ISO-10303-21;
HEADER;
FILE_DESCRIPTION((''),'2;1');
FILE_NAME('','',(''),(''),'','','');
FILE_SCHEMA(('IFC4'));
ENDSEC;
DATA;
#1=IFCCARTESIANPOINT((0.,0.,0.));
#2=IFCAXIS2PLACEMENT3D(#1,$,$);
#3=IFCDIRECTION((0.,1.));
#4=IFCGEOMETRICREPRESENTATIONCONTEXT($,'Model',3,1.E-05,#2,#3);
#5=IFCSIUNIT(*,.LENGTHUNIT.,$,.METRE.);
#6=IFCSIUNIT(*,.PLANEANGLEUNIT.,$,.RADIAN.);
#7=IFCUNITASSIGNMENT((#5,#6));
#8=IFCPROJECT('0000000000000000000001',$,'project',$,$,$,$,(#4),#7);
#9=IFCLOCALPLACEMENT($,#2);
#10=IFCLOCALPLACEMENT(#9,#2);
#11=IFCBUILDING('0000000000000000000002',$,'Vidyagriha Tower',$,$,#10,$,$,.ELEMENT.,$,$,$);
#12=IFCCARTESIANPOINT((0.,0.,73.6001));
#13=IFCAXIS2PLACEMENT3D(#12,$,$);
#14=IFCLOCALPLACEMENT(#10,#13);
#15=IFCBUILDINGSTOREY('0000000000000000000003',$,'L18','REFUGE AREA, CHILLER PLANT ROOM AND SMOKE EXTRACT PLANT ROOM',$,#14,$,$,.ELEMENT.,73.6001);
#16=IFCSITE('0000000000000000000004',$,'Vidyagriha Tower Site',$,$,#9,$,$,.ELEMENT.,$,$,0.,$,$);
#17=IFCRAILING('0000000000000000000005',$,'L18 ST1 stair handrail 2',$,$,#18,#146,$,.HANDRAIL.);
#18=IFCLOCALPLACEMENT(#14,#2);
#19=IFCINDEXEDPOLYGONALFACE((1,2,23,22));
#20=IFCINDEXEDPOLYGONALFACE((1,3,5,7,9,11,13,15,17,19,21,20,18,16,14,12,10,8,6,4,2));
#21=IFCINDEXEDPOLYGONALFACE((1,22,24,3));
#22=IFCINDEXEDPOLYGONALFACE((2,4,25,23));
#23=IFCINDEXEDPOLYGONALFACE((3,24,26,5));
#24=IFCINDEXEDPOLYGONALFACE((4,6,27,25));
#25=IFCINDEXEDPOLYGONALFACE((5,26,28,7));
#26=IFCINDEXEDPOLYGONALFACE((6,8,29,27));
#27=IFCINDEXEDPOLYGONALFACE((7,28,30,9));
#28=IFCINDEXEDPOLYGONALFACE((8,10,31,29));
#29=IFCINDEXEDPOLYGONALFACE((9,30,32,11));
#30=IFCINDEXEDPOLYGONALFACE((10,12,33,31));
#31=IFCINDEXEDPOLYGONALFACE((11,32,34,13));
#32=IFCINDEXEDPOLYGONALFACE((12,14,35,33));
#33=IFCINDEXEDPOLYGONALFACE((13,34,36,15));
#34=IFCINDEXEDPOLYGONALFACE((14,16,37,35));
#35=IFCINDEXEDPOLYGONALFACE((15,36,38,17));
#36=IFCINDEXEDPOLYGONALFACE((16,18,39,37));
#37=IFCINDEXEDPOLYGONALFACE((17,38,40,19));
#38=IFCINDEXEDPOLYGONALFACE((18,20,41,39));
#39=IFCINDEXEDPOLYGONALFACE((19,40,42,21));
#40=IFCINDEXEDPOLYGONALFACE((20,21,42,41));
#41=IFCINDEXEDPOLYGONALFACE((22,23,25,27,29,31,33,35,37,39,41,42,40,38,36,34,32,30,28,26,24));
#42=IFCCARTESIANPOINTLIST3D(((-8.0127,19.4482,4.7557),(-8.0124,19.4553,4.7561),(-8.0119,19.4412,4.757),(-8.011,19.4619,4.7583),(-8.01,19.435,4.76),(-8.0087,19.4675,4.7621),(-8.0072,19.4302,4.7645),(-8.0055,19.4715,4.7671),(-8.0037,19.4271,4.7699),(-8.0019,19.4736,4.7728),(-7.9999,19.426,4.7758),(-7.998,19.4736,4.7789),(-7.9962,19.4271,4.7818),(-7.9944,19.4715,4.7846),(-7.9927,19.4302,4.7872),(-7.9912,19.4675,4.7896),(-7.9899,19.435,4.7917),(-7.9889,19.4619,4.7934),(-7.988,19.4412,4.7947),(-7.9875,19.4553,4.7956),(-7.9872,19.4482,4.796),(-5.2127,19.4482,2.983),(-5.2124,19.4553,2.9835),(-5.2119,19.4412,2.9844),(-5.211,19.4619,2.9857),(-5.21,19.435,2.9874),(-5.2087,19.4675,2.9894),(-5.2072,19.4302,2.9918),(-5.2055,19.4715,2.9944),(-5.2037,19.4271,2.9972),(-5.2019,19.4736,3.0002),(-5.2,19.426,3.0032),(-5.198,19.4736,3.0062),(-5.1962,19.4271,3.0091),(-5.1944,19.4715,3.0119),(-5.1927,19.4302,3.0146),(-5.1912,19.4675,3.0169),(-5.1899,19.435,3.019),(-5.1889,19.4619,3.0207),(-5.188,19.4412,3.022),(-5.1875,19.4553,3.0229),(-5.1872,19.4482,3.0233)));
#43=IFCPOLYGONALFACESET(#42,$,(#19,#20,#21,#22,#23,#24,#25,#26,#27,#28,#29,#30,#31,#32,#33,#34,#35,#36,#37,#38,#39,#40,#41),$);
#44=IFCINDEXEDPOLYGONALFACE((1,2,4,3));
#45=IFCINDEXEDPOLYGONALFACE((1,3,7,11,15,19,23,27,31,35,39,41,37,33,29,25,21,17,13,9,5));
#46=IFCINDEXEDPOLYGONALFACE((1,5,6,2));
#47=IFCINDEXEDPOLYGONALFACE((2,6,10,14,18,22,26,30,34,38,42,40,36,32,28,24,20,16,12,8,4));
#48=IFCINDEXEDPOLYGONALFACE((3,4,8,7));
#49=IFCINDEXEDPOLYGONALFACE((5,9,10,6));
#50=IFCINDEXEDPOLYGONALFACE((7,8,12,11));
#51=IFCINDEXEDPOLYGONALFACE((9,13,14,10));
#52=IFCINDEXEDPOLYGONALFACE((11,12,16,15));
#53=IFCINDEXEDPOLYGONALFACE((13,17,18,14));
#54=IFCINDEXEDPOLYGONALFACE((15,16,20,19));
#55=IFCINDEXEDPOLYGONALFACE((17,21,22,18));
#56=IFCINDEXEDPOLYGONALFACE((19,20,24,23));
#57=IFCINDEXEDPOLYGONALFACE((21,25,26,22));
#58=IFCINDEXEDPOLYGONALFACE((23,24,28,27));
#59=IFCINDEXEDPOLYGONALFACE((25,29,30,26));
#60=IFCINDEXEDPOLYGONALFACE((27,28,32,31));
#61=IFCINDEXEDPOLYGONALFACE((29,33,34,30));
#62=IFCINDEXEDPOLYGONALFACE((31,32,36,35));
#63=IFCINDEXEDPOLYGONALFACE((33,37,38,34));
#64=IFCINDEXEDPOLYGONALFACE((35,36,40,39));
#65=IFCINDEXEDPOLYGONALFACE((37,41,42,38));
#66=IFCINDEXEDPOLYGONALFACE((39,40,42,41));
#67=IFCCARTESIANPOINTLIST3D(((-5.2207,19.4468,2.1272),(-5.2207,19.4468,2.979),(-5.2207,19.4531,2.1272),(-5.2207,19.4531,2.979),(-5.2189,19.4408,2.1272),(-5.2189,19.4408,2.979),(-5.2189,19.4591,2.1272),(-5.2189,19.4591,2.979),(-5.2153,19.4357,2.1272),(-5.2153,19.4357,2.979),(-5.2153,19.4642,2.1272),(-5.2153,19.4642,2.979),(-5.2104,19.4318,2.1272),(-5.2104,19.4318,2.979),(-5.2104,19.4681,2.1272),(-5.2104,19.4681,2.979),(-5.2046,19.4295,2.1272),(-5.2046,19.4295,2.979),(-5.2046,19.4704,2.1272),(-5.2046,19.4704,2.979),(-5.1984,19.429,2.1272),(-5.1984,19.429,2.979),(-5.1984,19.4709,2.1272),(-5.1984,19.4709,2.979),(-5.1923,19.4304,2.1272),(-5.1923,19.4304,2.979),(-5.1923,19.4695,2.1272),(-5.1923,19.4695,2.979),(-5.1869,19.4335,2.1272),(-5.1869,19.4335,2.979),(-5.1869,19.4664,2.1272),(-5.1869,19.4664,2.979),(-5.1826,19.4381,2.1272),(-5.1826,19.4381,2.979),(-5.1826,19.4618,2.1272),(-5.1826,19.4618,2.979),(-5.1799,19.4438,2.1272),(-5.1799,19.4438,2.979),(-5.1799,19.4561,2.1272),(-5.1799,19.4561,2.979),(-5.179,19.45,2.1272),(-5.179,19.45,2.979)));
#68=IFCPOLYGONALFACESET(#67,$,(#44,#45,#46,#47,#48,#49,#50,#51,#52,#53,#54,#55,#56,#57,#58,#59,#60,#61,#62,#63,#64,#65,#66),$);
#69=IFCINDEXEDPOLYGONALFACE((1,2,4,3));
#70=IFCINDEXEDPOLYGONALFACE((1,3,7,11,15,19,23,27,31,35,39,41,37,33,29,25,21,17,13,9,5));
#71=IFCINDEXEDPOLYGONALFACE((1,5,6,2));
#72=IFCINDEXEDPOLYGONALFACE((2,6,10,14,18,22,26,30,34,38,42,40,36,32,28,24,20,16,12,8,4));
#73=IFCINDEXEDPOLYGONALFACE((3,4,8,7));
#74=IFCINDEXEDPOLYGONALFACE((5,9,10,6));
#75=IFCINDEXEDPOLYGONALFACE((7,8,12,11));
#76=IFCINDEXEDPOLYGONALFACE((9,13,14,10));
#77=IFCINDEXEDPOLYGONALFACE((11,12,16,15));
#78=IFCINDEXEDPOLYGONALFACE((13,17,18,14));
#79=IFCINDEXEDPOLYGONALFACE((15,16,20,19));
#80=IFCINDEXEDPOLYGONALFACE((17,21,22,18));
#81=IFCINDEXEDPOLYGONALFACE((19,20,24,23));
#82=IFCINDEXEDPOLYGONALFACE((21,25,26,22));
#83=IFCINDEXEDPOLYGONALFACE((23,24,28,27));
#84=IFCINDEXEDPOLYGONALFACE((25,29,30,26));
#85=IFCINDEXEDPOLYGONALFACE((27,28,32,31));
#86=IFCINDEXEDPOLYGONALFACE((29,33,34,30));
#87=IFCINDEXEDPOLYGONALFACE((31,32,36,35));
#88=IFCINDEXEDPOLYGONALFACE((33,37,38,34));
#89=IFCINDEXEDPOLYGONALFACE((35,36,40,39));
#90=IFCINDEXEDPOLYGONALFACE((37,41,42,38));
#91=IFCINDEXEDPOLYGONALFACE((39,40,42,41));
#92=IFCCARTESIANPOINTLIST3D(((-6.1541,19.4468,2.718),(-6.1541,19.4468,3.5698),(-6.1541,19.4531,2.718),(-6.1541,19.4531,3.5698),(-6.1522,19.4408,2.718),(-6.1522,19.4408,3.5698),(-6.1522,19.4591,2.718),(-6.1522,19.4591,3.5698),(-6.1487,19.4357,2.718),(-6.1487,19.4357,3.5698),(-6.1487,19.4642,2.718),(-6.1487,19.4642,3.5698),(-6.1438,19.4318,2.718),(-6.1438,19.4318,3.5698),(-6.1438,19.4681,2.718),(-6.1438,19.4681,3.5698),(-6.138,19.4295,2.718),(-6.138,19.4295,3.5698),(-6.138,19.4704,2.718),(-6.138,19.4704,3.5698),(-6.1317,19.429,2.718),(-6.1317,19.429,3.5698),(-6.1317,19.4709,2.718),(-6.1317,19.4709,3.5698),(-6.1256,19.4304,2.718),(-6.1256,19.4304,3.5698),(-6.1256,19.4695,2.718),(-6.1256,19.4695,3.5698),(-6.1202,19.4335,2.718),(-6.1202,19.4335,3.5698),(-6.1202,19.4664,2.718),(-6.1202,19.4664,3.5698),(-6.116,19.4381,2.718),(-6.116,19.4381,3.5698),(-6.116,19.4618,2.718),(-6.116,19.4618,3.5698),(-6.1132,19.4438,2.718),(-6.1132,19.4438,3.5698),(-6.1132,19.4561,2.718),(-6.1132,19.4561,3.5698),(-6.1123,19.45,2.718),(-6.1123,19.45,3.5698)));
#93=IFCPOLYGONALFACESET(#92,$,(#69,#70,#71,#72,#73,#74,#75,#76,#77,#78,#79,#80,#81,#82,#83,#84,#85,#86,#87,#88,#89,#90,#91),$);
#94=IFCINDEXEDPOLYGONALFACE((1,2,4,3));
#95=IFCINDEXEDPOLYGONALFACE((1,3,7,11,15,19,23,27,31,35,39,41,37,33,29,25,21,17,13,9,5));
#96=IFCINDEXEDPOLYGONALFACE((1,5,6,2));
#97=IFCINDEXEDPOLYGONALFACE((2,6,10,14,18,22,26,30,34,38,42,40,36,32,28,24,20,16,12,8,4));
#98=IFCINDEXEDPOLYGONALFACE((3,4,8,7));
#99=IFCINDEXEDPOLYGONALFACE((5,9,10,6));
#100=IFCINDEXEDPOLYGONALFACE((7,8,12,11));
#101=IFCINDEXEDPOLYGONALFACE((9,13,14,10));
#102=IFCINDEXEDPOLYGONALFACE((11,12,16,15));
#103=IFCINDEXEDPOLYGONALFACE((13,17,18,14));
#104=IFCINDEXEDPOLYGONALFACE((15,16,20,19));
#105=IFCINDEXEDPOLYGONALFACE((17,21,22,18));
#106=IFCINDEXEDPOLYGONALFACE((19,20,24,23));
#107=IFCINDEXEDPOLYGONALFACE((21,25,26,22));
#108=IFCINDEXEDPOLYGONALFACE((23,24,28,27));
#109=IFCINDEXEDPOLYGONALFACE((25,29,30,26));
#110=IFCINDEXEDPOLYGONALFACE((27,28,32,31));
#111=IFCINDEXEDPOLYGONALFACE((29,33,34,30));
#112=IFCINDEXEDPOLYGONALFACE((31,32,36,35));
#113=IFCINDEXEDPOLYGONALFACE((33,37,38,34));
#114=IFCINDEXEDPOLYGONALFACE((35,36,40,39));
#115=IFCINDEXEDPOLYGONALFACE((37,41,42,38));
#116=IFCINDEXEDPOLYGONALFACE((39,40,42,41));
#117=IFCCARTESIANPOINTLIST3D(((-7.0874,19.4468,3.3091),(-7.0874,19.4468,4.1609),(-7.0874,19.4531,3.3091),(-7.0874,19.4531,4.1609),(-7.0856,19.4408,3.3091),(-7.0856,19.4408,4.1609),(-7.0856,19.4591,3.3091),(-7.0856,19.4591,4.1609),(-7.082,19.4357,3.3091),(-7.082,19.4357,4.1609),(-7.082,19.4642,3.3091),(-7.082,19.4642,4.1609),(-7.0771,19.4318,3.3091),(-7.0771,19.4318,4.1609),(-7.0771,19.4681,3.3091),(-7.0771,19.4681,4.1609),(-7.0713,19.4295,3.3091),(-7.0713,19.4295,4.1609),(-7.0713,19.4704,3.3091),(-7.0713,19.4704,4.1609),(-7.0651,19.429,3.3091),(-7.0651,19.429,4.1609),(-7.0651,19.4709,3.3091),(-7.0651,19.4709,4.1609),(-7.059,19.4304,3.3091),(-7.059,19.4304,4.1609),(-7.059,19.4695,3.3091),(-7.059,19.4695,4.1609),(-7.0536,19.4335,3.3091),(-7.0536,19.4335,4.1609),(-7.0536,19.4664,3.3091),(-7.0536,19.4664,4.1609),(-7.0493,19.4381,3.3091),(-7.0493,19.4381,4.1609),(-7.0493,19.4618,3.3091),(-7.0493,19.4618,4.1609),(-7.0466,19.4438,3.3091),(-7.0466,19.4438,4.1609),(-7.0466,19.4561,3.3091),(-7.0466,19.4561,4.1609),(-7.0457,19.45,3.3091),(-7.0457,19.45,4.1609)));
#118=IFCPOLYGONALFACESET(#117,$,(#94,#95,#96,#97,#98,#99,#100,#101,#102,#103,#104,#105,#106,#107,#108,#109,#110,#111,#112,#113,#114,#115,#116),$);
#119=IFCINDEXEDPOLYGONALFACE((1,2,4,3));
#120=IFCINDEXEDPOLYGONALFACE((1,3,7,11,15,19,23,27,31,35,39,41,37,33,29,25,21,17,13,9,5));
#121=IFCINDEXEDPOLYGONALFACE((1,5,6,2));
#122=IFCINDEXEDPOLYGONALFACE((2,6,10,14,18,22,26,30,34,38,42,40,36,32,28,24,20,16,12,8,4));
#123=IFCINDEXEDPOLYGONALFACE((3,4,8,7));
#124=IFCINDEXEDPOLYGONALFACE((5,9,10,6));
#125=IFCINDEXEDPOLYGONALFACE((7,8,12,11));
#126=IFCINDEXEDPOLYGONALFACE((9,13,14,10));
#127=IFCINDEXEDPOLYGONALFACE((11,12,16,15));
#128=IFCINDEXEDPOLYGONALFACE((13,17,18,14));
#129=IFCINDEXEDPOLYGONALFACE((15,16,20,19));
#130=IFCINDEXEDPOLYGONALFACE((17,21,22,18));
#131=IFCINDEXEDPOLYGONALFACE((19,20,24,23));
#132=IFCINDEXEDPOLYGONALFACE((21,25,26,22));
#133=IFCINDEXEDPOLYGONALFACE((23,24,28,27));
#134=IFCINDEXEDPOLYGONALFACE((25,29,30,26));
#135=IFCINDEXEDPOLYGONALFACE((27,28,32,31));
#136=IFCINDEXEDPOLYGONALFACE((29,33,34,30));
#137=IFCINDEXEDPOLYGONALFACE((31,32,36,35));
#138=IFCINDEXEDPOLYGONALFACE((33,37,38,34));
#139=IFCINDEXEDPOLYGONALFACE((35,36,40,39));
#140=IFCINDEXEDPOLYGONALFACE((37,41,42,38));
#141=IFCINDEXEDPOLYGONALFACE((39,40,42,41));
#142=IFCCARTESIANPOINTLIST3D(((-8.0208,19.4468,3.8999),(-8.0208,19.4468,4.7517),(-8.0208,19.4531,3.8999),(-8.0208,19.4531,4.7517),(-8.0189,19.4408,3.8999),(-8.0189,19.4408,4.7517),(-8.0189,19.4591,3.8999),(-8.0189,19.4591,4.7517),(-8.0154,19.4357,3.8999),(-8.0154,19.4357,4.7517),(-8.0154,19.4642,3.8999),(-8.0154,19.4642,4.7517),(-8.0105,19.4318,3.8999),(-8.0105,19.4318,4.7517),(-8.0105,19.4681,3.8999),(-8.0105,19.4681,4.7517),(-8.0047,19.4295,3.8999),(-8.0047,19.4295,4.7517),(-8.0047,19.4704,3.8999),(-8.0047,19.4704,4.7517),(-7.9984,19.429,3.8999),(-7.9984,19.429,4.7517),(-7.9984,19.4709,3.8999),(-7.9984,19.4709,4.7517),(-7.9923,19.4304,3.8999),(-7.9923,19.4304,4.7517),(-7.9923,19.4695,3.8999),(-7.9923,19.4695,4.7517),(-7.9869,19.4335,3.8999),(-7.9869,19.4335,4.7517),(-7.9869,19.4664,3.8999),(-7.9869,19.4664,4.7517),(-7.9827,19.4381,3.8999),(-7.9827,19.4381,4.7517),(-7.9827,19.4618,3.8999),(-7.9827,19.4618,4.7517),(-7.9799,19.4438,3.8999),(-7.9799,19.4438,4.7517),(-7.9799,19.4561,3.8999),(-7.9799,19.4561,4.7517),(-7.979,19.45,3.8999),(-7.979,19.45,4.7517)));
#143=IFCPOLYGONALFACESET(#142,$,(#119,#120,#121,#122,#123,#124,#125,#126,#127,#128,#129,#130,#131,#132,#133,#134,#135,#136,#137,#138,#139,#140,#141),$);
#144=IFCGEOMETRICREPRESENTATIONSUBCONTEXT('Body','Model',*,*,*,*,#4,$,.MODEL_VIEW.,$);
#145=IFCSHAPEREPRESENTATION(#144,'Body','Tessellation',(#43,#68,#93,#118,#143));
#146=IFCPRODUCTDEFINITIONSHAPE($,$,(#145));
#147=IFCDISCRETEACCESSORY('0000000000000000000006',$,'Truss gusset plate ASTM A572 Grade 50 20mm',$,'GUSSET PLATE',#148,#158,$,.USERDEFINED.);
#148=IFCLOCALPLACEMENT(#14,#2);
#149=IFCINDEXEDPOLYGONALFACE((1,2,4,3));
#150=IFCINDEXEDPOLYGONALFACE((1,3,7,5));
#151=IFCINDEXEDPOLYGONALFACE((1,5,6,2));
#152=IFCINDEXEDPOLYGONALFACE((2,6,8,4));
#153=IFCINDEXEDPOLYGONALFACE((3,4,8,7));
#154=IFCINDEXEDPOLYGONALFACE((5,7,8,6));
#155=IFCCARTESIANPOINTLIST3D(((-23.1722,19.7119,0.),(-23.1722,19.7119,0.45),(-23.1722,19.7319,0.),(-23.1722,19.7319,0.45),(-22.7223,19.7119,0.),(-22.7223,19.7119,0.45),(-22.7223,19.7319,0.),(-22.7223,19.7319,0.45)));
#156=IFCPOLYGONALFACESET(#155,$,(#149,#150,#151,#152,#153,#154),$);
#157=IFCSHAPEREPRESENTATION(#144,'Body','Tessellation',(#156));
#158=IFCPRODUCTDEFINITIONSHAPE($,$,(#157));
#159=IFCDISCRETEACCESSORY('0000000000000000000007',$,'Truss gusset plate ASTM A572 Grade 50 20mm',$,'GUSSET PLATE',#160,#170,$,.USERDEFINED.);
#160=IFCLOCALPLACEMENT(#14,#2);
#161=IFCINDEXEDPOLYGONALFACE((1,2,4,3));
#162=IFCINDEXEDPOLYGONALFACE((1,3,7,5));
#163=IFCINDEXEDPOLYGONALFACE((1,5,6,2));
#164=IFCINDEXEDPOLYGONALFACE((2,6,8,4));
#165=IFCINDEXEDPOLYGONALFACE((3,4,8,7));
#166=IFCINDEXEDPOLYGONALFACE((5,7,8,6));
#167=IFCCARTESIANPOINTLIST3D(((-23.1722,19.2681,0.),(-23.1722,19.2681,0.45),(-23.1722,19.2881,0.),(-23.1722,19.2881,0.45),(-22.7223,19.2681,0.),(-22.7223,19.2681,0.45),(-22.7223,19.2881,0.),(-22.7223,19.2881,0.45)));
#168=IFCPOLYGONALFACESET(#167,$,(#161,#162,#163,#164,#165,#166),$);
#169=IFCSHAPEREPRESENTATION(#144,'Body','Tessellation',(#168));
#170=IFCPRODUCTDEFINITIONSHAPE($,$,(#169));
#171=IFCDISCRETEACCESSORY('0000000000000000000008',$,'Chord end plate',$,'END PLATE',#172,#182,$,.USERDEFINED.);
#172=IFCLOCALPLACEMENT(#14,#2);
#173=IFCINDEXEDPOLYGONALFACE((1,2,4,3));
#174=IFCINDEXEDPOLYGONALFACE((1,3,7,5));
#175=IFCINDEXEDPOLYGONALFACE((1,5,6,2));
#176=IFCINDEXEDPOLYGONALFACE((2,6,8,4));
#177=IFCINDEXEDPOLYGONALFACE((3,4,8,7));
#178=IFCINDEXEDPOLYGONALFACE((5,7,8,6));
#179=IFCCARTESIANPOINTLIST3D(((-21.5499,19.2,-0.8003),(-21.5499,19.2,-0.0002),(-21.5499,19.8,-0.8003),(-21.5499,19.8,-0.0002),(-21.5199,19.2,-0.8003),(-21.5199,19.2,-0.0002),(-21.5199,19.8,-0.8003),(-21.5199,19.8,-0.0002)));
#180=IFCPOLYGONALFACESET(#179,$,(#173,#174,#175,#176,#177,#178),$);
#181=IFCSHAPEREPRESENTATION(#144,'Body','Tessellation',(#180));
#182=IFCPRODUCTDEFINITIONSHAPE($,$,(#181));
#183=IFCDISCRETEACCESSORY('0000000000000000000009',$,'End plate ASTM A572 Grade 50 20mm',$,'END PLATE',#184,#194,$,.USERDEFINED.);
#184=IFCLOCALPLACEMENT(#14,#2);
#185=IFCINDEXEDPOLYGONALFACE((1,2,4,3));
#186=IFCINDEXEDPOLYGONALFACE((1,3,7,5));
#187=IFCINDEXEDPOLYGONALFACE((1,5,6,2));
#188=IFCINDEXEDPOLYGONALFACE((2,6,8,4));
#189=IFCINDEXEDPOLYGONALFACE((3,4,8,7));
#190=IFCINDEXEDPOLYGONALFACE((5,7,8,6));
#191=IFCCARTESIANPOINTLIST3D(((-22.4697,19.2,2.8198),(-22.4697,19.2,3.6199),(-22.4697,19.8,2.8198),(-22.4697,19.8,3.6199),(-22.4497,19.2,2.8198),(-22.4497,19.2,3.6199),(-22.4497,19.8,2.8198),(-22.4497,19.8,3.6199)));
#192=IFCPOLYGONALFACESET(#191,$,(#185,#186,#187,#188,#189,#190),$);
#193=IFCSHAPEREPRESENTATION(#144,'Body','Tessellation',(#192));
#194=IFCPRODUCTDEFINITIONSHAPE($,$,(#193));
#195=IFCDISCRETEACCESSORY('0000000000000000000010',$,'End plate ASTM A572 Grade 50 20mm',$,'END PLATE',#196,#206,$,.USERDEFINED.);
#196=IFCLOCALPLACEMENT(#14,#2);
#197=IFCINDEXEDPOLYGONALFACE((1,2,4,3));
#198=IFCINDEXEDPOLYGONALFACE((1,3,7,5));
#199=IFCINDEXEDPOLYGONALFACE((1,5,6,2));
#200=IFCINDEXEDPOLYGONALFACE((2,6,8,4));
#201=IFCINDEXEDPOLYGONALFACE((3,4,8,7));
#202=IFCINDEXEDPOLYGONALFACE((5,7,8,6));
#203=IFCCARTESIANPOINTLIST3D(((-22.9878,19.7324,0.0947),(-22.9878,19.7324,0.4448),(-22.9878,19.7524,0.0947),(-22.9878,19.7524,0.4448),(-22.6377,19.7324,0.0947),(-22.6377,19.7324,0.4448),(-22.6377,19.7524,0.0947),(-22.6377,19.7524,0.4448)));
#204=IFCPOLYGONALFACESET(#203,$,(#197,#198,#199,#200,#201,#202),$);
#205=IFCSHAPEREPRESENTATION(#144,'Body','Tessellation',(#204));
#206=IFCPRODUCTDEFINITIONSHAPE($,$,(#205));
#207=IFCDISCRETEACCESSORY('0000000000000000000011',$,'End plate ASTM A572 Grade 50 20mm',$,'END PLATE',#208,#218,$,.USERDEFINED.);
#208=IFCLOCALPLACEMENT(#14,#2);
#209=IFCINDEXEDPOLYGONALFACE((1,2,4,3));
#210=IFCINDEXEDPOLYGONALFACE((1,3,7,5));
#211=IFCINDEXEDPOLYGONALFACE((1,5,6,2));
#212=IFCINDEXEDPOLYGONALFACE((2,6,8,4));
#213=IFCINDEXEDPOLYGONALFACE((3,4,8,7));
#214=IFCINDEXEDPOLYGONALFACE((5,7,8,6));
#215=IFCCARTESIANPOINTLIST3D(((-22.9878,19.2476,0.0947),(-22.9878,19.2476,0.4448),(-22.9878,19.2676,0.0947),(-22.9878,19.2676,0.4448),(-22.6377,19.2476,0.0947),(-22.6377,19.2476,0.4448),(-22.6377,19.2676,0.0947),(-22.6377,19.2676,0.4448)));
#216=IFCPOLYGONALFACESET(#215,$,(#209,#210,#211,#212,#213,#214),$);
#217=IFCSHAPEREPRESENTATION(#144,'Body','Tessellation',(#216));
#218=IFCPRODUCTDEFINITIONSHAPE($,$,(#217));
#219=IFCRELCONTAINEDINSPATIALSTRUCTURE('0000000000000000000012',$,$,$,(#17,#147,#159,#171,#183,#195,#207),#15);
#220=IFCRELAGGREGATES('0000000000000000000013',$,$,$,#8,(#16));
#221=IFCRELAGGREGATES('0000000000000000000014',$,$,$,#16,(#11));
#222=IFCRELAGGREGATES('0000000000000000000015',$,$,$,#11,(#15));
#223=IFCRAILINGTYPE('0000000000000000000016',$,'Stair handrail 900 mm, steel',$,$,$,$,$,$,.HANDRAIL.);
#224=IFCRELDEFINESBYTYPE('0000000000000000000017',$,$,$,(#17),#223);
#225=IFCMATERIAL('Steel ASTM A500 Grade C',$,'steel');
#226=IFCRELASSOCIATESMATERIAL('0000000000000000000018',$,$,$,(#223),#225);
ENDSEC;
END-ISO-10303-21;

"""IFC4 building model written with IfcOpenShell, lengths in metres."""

from ifc_helpers import new_model, si_unit, direction, frame, origin, origin_2d, place, context, subcontext, project, spatial, rectangle, circle, extrude, material, type_object, element, save


model = new_model("IFC4")

# Units and contexts
model_context = context("Model", 3, precision=1e-05, world=origin(), true_north=direction((0.0, 1.0)))
body_context = subcontext(model_context, "Body", "Model", "MODEL_VIEW")
ifc_project = project(units=[si_unit("LENGTHUNIT", "METRE"), si_unit("PLANEANGLEUNIT", "RADIAN")], contexts=[model_context])

# Site, building, storey
site_placement = place(None, origin())
site = spatial("IfcSite", under=ifc_project, at=site_placement, Name="Vidyagriha Tower Site", CompositionType="ELEMENT", RefElevation=0.0)
building_placement = place(site_placement, origin())
building = spatial("IfcBuilding", under=site, at=building_placement, Name="Vidyagriha Tower", CompositionType="ELEMENT")
storey_placement = place(building_placement, frame((0.0, 0.0, 73.6001)))
storey = spatial("IfcBuildingStorey", under=building, at=storey_placement, Name="L18", Description="REFUGE AREA, CHILLER PLANT ROOM AND SMOKE EXTRACT PLANT ROOM", CompositionType="ELEMENT", Elevation=73.6001)

# Railing
ifc_material_1 = material(Name="Steel ASTM A500 Grade C", Category="steel")
railing_type_1 = type_object("IfcRailingType", Name="Stair handrail 900 mm, steel", PredefinedType="HANDRAIL", material=ifc_material_1)
railing_1_placement = place(storey_placement, frame((-5.2, 19.45, 2.1272)))
element("IfcRailing", 1, at=railing_1_placement, inside=storey, type_object=railing_type_1, Name="L18 ST1 stair handrail 2", PredefinedType="HANDRAIL", context=body_context, shape_type="SweptSolid", body=[
    extrude(circle(Radius=0.0239, at=origin_2d()), frame((0.0, 0.0, 0.876), z_axis=(-0.844909, 0.0, 0.53491), x_axis=(0.0, -1.0, 0.0)), (0.0, 0.0, 1.0), 3.314),
    extrude(circle(Radius=0.021, at=origin_2d()), origin(), (0.0, 0.0, 1.0), 0.8518),
    extrude(circle(Radius=0.021, at=origin_2d()), frame((-0.9333, 0.0, 0.5908)), (0.0, 0.0, 1.0), 0.8518),
    extrude(circle(Radius=0.021, at=origin_2d()), frame((-1.8667, 0.0, 1.1819)), (0.0, 0.0, 1.0), 0.8518),
    extrude(circle(Radius=0.021, at=origin_2d()), frame((-2.8, 0.0, 1.7727)), (0.0, 0.0, 1.0), 0.8518),
])

# Discrete accessories
for number, where, name in (
    (2, (-22.9473, 19.7219, 0.0), "Truss gusset plate ASTM A572 Grade 50 20mm"),
    (3, (-22.9473, 19.2781, 0.0), "Truss gusset plate ASTM A572 Grade 50 20mm"),
):
    element("IfcDiscreteAccessory", number, at=place(storey_placement, frame(where)), inside=storey, Name=name, ObjectType="GUSSET PLATE", PredefinedType="USERDEFINED", context=body_context, shape_type="SweptSolid", body=[
        extrude(rectangle(XDim=0.45, YDim=0.02, at=origin_2d()), origin(), (0.0, 0.0, 1.0), 0.45),
    ])
discrete_accessory_1_placement = place(storey_placement, frame((-21.5349, 19.5, -0.8003)))
element("IfcDiscreteAccessory", 4, at=discrete_accessory_1_placement, inside=storey, Name="Chord end plate", ObjectType="END PLATE", PredefinedType="USERDEFINED", context=body_context, shape_type="SweptSolid", body=[
    extrude(rectangle(XDim=0.03, YDim=0.6001, at=origin_2d()), origin(), (0.0, 0.0, 1.0), 0.8),
])
discrete_accessory_2_placement = place(storey_placement, frame((-22.4597, 19.5, 2.8198)))
element("IfcDiscreteAccessory", 5, at=discrete_accessory_2_placement, inside=storey, Name="End plate ASTM A572 Grade 50 20mm", ObjectType="END PLATE", PredefinedType="USERDEFINED", context=body_context, shape_type="SweptSolid", body=[
    extrude(rectangle(XDim=0.02, YDim=0.6001, at=origin_2d()), origin(), (0.0, 0.0, 1.0), 0.8),
])
for number, where, name in (
    (6, (-22.8127, 19.7424, 0.0947), "End plate ASTM A572 Grade 50 20mm"),
    (7, (-22.8127, 19.2576, 0.0947), "End plate ASTM A572 Grade 50 20mm"),
):
    element("IfcDiscreteAccessory", number, at=place(storey_placement, frame(where)), inside=storey, Name=name, ObjectType="END PLATE", PredefinedType="USERDEFINED", context=body_context, shape_type="SweptSolid", body=[
        extrude(rectangle(XDim=0.3501, YDim=0.02, at=origin_2d()), origin(), (0.0, 0.0, 1.0), 0.3501),
    ])

save(model, "model.ifc")
